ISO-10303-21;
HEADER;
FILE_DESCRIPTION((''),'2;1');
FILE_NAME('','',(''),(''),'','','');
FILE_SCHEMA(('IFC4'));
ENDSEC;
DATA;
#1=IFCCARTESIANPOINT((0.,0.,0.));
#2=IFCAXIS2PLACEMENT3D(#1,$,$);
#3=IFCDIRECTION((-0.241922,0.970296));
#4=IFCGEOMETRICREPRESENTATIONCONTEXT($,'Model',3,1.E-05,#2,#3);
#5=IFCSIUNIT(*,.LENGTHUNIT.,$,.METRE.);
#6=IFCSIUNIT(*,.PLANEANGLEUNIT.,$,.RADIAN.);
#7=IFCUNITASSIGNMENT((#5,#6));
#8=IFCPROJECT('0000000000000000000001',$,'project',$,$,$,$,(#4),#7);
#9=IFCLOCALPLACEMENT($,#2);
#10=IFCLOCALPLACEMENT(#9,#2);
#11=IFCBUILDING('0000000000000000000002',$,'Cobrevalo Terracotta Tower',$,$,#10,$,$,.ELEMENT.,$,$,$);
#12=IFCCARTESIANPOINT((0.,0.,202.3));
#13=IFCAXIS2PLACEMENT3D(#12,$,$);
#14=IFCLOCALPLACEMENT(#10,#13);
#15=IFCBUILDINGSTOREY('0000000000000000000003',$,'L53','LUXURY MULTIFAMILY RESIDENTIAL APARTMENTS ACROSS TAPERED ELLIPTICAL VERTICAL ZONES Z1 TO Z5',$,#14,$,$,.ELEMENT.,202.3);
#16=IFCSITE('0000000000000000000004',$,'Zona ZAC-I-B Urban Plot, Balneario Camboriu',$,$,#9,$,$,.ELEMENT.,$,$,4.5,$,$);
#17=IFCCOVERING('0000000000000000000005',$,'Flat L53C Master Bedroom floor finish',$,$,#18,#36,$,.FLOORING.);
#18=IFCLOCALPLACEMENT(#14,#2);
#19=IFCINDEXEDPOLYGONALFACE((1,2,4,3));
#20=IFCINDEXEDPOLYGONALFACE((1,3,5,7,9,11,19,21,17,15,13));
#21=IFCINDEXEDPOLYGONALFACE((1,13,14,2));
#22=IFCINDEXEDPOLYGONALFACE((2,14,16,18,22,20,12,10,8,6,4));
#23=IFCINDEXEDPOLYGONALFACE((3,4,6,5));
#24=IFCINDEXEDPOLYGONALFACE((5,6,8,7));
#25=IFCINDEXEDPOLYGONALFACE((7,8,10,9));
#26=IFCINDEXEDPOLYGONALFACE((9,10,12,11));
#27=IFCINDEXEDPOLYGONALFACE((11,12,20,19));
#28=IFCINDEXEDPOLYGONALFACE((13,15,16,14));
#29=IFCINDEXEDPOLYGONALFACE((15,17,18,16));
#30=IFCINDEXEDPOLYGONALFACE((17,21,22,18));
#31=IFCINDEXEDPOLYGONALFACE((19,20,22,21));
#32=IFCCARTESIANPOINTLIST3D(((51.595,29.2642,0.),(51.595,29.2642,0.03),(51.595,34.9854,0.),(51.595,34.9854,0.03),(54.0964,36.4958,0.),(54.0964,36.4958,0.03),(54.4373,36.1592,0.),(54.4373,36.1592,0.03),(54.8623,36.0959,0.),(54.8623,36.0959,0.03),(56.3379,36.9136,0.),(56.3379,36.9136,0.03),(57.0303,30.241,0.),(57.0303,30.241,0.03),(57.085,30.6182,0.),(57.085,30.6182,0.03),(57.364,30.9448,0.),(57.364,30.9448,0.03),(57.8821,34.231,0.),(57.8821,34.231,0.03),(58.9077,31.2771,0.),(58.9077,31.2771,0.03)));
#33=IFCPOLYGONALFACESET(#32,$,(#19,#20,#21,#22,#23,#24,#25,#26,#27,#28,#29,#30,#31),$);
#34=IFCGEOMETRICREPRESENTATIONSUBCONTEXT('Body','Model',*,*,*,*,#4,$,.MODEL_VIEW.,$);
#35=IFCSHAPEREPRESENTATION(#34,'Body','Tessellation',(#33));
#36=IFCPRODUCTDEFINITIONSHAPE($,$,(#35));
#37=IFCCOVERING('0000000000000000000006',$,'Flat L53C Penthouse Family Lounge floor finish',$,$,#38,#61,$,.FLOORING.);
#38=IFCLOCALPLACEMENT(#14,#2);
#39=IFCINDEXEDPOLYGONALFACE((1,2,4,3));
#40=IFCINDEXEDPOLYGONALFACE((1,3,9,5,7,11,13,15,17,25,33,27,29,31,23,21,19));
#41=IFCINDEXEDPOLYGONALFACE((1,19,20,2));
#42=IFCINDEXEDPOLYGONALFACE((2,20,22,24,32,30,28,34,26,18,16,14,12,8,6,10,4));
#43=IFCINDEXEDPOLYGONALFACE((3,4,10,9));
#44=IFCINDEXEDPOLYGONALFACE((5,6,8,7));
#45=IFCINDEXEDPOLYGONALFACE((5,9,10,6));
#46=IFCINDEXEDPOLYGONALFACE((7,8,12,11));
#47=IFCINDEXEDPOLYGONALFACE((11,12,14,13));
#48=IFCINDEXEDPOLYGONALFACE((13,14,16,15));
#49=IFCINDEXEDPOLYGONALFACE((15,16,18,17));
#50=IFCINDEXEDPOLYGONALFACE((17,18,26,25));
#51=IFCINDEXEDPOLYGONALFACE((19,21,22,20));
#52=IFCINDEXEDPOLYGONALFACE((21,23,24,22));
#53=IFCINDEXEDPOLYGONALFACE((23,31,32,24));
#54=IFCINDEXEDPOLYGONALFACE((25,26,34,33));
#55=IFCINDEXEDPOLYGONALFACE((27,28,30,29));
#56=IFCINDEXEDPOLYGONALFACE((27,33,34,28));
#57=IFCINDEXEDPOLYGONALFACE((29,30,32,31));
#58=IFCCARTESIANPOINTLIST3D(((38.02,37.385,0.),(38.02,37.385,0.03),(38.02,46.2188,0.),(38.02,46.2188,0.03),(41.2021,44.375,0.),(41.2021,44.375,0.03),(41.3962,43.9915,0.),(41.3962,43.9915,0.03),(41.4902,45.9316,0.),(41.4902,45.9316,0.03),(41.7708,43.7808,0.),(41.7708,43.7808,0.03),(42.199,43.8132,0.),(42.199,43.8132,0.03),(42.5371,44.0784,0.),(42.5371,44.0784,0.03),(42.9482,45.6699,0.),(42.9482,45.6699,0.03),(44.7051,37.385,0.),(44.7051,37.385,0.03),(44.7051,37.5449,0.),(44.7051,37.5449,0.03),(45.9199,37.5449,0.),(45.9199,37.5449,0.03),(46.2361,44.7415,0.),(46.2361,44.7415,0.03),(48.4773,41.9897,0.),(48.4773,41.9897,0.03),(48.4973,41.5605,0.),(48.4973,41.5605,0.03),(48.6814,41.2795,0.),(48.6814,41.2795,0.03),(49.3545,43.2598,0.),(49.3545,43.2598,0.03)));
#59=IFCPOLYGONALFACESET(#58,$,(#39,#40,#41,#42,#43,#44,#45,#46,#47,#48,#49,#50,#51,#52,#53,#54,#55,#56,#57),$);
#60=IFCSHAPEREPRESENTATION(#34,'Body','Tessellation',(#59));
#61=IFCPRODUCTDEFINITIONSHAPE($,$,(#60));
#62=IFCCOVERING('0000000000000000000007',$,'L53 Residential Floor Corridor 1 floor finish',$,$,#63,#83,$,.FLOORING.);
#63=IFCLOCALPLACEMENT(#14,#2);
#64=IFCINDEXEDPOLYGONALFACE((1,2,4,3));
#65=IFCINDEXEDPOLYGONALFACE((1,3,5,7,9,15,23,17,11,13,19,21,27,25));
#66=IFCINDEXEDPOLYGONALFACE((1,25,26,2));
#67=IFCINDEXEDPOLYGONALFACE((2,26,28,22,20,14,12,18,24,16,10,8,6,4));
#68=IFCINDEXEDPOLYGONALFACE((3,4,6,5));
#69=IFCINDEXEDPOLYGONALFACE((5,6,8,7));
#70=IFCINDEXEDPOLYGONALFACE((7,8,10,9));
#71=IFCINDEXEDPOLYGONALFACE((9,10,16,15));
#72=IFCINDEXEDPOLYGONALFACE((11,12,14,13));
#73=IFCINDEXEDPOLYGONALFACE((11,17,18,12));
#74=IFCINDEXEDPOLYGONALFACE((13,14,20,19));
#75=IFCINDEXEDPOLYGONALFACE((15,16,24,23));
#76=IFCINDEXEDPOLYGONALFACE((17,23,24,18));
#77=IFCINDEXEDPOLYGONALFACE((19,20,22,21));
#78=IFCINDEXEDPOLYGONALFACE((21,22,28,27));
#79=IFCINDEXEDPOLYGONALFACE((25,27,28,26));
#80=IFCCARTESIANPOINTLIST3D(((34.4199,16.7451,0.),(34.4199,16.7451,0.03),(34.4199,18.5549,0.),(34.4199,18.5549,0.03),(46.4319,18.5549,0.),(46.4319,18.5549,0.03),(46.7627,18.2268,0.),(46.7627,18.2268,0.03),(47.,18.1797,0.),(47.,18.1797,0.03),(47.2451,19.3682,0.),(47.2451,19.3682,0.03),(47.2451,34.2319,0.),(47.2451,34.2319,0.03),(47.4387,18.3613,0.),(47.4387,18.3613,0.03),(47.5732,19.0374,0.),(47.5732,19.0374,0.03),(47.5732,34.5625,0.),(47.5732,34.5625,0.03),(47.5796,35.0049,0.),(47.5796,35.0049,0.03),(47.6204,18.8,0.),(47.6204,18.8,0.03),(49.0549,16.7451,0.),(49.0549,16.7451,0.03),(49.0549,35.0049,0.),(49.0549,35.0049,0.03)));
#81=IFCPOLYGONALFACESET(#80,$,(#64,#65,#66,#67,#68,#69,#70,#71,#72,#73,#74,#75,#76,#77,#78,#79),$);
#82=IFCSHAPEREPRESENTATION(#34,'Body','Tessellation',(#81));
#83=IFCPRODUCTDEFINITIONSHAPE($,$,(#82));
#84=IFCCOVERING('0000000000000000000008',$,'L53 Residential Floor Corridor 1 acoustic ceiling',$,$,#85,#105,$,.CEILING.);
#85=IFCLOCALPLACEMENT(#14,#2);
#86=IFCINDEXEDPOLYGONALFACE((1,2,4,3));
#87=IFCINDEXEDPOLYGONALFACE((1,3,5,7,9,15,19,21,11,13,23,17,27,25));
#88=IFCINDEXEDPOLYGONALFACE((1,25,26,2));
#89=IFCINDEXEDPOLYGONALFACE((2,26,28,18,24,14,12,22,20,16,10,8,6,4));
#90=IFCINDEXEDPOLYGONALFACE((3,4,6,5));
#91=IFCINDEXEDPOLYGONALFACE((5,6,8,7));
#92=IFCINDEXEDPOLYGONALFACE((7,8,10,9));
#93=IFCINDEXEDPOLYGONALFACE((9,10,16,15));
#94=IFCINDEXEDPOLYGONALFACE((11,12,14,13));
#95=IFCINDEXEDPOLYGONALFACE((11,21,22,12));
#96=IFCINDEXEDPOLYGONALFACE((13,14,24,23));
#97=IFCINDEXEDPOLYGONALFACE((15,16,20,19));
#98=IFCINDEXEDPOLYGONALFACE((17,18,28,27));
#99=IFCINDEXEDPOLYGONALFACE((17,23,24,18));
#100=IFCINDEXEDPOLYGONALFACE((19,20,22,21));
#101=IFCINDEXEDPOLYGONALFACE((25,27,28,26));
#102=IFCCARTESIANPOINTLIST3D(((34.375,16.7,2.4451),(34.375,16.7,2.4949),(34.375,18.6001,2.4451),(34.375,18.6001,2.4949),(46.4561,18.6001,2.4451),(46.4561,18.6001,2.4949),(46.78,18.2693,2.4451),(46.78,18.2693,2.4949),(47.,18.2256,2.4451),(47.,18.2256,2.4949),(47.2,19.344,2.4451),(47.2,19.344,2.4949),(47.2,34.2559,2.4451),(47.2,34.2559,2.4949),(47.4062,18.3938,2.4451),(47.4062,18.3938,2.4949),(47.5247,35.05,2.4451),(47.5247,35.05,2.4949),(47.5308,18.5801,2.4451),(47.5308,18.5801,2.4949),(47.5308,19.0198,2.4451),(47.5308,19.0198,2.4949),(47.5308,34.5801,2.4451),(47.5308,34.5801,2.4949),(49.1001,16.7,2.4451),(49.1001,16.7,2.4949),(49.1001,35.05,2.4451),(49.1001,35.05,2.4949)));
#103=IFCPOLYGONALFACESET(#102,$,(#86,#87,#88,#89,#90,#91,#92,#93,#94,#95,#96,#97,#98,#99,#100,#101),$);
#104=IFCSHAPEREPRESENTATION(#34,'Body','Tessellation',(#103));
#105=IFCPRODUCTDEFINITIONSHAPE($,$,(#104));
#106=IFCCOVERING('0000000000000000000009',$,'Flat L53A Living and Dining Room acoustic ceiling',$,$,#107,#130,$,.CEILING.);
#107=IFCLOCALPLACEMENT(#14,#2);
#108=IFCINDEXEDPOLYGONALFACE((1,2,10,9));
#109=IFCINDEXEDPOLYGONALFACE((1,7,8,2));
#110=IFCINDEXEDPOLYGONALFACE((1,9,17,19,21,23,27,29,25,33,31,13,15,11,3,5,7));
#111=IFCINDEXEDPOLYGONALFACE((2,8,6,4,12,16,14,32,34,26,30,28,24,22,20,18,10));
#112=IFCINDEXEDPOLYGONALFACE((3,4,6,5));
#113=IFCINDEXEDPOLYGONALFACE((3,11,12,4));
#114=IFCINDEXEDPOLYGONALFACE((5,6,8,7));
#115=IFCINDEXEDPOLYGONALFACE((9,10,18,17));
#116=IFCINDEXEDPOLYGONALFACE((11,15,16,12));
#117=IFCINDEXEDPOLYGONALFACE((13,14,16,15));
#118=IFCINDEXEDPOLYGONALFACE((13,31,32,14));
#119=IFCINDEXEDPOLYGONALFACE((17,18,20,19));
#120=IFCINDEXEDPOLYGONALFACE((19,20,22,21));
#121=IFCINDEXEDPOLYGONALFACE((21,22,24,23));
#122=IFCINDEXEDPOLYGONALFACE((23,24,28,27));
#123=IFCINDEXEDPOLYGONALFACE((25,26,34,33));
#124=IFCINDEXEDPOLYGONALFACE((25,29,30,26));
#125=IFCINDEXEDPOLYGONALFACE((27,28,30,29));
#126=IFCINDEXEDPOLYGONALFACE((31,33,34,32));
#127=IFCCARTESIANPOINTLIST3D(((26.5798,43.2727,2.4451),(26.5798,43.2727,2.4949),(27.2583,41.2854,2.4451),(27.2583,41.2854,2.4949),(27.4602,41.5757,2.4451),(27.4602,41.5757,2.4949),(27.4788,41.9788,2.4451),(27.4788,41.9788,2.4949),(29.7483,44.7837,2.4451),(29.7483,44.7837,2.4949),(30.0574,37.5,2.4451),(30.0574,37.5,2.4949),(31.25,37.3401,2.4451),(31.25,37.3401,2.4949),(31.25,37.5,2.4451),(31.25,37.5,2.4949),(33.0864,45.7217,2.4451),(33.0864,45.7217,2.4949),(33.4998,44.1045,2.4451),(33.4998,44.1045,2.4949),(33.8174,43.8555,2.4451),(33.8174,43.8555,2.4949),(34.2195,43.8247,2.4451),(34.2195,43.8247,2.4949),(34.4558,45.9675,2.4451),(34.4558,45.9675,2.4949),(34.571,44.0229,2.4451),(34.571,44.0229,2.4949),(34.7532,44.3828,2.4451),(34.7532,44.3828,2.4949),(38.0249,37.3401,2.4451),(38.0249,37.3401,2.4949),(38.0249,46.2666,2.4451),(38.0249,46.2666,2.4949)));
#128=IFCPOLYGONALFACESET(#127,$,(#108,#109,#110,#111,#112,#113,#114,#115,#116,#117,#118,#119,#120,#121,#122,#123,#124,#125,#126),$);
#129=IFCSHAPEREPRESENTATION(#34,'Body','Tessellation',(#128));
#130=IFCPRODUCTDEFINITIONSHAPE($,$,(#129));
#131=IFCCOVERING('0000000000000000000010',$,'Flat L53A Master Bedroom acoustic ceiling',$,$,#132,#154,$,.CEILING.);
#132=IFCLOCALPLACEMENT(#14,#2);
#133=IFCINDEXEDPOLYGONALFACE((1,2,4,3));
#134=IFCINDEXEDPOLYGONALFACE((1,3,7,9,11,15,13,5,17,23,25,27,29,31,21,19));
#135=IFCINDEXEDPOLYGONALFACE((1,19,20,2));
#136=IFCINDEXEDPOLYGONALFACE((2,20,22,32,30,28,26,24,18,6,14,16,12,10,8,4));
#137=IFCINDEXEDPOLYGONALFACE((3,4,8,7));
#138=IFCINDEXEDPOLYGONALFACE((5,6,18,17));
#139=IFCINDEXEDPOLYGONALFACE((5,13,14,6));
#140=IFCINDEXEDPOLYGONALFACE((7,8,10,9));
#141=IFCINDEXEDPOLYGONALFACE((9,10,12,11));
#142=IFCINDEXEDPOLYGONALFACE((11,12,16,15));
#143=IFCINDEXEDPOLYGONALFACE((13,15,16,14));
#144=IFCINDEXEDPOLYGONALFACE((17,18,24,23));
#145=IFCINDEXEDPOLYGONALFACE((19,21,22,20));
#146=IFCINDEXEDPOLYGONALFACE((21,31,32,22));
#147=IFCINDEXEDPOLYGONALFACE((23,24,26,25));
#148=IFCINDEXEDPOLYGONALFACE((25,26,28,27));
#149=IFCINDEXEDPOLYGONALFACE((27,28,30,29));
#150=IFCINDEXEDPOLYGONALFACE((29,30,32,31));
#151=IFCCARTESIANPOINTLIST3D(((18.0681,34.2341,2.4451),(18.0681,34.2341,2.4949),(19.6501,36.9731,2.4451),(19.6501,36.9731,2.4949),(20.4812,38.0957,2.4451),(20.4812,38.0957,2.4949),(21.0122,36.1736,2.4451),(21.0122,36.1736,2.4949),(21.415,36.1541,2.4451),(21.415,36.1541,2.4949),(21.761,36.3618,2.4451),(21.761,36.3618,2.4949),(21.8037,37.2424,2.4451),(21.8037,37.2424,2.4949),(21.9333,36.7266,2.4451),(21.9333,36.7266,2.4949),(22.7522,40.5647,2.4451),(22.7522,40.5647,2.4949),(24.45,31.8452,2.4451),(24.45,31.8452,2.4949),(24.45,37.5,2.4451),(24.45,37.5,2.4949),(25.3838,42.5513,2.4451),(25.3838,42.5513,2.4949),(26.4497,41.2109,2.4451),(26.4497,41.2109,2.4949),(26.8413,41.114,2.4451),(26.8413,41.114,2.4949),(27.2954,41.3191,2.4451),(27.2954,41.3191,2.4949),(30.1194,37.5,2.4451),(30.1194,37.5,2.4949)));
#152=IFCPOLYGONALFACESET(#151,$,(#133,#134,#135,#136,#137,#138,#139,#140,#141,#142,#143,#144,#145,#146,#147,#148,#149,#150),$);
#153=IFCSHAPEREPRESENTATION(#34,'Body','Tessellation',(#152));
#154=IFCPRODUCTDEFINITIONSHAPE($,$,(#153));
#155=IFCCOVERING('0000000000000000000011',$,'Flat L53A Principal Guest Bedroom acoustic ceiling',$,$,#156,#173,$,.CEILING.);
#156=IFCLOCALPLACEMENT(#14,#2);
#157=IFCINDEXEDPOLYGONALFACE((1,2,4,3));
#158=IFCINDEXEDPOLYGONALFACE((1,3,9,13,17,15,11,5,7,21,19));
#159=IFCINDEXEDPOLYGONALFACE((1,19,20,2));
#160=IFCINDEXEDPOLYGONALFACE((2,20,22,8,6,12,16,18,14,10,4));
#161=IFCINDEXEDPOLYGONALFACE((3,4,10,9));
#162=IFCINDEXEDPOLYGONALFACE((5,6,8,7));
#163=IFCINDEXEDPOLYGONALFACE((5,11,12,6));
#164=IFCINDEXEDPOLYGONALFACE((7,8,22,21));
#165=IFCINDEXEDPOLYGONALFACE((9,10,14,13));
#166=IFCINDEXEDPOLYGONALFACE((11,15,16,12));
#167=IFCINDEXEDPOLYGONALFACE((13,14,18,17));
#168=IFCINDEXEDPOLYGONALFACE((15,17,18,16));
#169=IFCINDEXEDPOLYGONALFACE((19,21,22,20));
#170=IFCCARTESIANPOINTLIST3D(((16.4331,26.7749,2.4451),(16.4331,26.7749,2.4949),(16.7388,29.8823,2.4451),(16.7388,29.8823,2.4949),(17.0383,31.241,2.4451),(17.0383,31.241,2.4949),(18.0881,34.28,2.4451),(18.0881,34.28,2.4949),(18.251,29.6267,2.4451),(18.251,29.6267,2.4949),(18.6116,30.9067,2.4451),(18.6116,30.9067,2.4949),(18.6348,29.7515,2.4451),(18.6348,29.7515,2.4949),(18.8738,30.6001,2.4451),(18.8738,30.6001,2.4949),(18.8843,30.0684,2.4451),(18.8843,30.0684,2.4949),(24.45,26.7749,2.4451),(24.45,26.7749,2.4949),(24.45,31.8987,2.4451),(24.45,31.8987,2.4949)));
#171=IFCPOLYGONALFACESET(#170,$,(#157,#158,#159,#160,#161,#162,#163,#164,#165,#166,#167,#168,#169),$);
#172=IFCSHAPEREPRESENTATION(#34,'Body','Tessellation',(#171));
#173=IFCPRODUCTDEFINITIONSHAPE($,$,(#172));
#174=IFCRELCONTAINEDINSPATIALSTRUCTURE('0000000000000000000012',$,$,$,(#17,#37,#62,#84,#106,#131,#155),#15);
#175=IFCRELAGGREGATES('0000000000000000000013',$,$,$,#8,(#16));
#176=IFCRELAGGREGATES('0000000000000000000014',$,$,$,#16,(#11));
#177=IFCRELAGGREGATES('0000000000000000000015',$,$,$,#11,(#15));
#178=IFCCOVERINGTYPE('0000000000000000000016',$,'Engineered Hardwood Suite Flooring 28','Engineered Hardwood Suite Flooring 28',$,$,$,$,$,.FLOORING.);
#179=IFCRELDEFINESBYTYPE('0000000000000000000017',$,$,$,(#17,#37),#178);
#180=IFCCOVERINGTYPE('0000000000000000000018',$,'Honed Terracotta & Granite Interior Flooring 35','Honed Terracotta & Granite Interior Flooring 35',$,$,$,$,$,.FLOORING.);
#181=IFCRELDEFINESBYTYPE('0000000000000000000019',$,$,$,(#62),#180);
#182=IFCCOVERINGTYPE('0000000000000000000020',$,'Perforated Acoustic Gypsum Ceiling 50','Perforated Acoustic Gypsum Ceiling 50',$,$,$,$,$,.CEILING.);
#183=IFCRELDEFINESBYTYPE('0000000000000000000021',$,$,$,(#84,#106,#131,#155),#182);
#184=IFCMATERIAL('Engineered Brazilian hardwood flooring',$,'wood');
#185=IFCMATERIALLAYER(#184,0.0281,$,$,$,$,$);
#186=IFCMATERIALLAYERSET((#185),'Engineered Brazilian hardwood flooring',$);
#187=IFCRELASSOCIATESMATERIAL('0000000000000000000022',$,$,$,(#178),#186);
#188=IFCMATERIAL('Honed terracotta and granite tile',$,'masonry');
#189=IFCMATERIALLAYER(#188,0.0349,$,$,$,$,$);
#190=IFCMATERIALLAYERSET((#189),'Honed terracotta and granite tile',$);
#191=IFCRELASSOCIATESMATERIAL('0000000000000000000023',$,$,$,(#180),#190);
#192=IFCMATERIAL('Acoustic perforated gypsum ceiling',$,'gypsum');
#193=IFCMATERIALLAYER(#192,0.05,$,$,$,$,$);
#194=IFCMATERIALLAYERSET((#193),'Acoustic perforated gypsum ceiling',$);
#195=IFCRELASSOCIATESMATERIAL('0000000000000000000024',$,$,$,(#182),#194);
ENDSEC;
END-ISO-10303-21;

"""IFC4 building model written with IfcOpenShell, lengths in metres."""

from ifc_helpers import new_model, si_unit, direction, frame, origin, place, context, subcontext, project, spatial, polyline, outline, extrude, material, layer, layer_set, type_object, element, save


model = new_model("IFC4")

# Units and contexts
model_context = context("Model", 3, precision=1e-05, world=origin(), true_north=direction((-0.241922, 0.970296)))
body_context = subcontext(model_context, "Body", "Model", "MODEL_VIEW")
ifc_project = project(units=[si_unit("LENGTHUNIT", "METRE"), si_unit("PLANEANGLEUNIT", "RADIAN")], contexts=[model_context])

# Site, building, storey
site_placement = place(None, origin())
site = spatial("IfcSite", under=ifc_project, at=site_placement, Name="Zona ZAC-I-B Urban Plot, Balneario Camboriu", CompositionType="ELEMENT", RefElevation=4.5)
building_placement = place(site_placement, origin())
building = spatial("IfcBuilding", under=site, at=building_placement, Name="Cobrevalo Terracotta Tower", CompositionType="ELEMENT")
storey_placement = place(building_placement, frame((0.0, 0.0, 202.3)))
storey = spatial("IfcBuildingStorey", under=building, at=storey_placement, Name="L53", Description="LUXURY MULTIFAMILY RESIDENTIAL APARTMENTS ACROSS TAPERED ELLIPTICAL VERTICAL ZONES Z1 TO Z5", CompositionType="ELEMENT", Elevation=202.3)

# Coverings
ifc_material_1 = material(Name="Engineered Brazilian hardwood flooring", Category="wood")
ifc_layer_1 = layer(ifc_material_1, 0.0281)
ifc_layer_set_1 = layer_set([ifc_layer_1], Name="Engineered Brazilian hardwood flooring")
covering_type_1 = type_object("IfcCoveringType", Name="Engineered Hardwood Suite Flooring 28", Description="Engineered Hardwood Suite Flooring 28", PredefinedType="FLOORING", material=ifc_layer_set_1)
covering_1_placement = place(storey_placement, origin())
element("IfcCovering", 1, at=covering_1_placement, inside=storey, type_object=covering_type_1, Name="Flat L53C Master Bedroom floor finish", PredefinedType="FLOORING", context=body_context, shape_type="SweptSolid", body=[
    extrude(outline(polyline([(54.0964, 36.4958), (54.4373, 36.1592), (54.8623, 36.0959), (56.3379, 36.9136), (57.8821, 34.231), (58.9077, 31.2771), (57.364, 30.9448), (57.085, 30.6182), (57.0303, 30.241), (51.595, 29.2642), (51.595, 34.9854), (54.0964, 36.4958)])), origin(), (0.0, 0.0, 1.0), 0.03),
])
covering_2_placement = place(storey_placement, origin())
element("IfcCovering", 2, at=covering_2_placement, inside=storey, type_object=covering_type_1, Name="Flat L53C Penthouse Family Lounge floor finish", PredefinedType="FLOORING", context=body_context, shape_type="SweptSolid", body=[
    extrude(outline(polyline([(44.7051, 37.385), (38.02, 37.385), (38.02, 46.2188), (41.4902, 45.9316), (41.2021, 44.375), (41.3962, 43.9915), (41.7708, 43.7808), (42.199, 43.8132), (42.5371, 44.0784), (42.9482, 45.6699), (46.2361, 44.7415), (49.3545, 43.2598), (48.4773, 41.9897), (48.4973, 41.5605), (48.6814, 41.2795), (45.9199, 37.5449), (44.7051, 37.5449), (44.7051, 37.385)])), origin(), (0.0, 0.0, 1.0), 0.03),
])
ifc_material_2 = material(Name="Honed terracotta and granite tile", Category="masonry")
ifc_layer_2 = layer(ifc_material_2, 0.0349)
ifc_layer_set_2 = layer_set([ifc_layer_2], Name="Honed terracotta and granite tile")
covering_type_2 = type_object("IfcCoveringType", Name="Honed Terracotta & Granite Interior Flooring 35", Description="Honed Terracotta & Granite Interior Flooring 35", PredefinedType="FLOORING", material=ifc_layer_set_2)
covering_3_placement = place(storey_placement, origin())
element("IfcCovering", 3, at=covering_3_placement, inside=storey, type_object=covering_type_2, Name="L53 Residential Floor Corridor 1 floor finish", PredefinedType="FLOORING", context=body_context, shape_type="SweptSolid", body=[
    extrude(outline(polyline([(34.4199, 18.5549), (46.4319, 18.5549), (46.7627, 18.2268), (47.0, 18.1797), (47.4387, 18.3613), (47.6204, 18.8), (47.5732, 19.0374), (47.2451, 19.3682), (47.2451, 34.2319), (47.5732, 34.5625), (47.5796, 35.0049), (49.0549, 35.0049), (49.0549, 16.7451), (34.4199, 16.7451), (34.4199, 18.5549)])), origin(), (0.0, 0.0, 1.0), 0.03),
])
ifc_material_3 = material(Name="Acoustic perforated gypsum ceiling", Category="gypsum")
ifc_layer_3 = layer(ifc_material_3, 0.05)
ifc_layer_set_3 = layer_set([ifc_layer_3], Name="Acoustic perforated gypsum ceiling")
covering_type_3 = type_object("IfcCoveringType", Name="Perforated Acoustic Gypsum Ceiling 50", Description="Perforated Acoustic Gypsum Ceiling 50", PredefinedType="CEILING", material=ifc_layer_set_3)
covering_4_placement = place(storey_placement, frame((0.0, 0.0, 2.4451)))
element("IfcCovering", 4, at=covering_4_placement, inside=storey, type_object=covering_type_3, Name="L53 Residential Floor Corridor 1 acoustic ceiling", PredefinedType="CEILING", context=body_context, shape_type="SweptSolid", body=[
    extrude(outline(polyline([(34.375, 18.6001), (46.4561, 18.6001), (46.78, 18.2693), (47.0, 18.2256), (47.4062, 18.3938), (47.5308, 18.5801), (47.5308, 19.0198), (47.2, 19.344), (47.2, 34.2559), (47.5308, 34.5801), (47.5247, 35.05), (49.1001, 35.05), (49.1001, 16.7), (34.375, 16.7), (34.375, 18.6001)])), origin(), (0.0, 0.0, 1.0), 0.0498),
])
covering_5_placement = place(storey_placement, frame((0.0, 0.0, 2.4451)))
element("IfcCovering", 5, at=covering_5_placement, inside=storey, type_object=covering_type_3, Name="Flat L53A Living and Dining Room acoustic ceiling", PredefinedType="CEILING", context=body_context, shape_type="SweptSolid", body=[
    extrude(outline(polyline([(29.7483, 44.7837), (33.0864, 45.7217), (33.4998, 44.1045), (33.8174, 43.8555), (34.2195, 43.8247), (34.571, 44.0229), (34.7532, 44.3828), (34.4558, 45.9675), (38.0249, 46.2666), (38.0249, 37.3401), (31.25, 37.3401), (31.25, 37.5), (30.0574, 37.5), (27.2583, 41.2854), (27.4602, 41.5757), (27.4788, 41.9788), (26.5798, 43.2727), (29.7483, 44.7837)])), origin(), (0.0, 0.0, 1.0), 0.0498),
])
covering_6_placement = place(storey_placement, frame((0.0, 0.0, 2.4451)))
element("IfcCovering", 6, at=covering_6_placement, inside=storey, type_object=covering_type_3, Name="Flat L53A Master Bedroom acoustic ceiling", PredefinedType="CEILING", context=body_context, shape_type="SweptSolid", body=[
    extrude(outline(polyline([(19.6501, 36.9731), (21.0122, 36.1736), (21.415, 36.1541), (21.761, 36.3618), (21.9333, 36.7266), (21.8037, 37.2424), (20.4812, 38.0957), (22.7522, 40.5647), (25.3838, 42.5513), (26.4497, 41.2109), (26.8413, 41.114), (27.2954, 41.3191), (30.1194, 37.5), (24.45, 37.5), (24.45, 31.8452), (18.0681, 34.2341), (19.6501, 36.9731)])), origin(), (0.0, 0.0, 1.0), 0.0498),
])
covering_7_placement = place(storey_placement, frame((0.0, 0.0, 2.4451)))
element("IfcCovering", 7, at=covering_7_placement, inside=storey, type_object=covering_type_3, Name="Flat L53A Principal Guest Bedroom acoustic ceiling", PredefinedType="CEILING", context=body_context, shape_type="SweptSolid", body=[
    extrude(outline(polyline([(16.7388, 29.8823), (18.251, 29.6267), (18.6348, 29.7515), (18.8843, 30.0684), (18.8738, 30.6001), (18.6116, 30.9067), (17.0383, 31.241), (18.0881, 34.28), (24.45, 31.8987), (24.45, 26.7749), (16.4331, 26.7749), (16.7388, 29.8823)])), origin(), (0.0, 0.0, 1.0), 0.0498),
])

save(model, "model.ifc")
